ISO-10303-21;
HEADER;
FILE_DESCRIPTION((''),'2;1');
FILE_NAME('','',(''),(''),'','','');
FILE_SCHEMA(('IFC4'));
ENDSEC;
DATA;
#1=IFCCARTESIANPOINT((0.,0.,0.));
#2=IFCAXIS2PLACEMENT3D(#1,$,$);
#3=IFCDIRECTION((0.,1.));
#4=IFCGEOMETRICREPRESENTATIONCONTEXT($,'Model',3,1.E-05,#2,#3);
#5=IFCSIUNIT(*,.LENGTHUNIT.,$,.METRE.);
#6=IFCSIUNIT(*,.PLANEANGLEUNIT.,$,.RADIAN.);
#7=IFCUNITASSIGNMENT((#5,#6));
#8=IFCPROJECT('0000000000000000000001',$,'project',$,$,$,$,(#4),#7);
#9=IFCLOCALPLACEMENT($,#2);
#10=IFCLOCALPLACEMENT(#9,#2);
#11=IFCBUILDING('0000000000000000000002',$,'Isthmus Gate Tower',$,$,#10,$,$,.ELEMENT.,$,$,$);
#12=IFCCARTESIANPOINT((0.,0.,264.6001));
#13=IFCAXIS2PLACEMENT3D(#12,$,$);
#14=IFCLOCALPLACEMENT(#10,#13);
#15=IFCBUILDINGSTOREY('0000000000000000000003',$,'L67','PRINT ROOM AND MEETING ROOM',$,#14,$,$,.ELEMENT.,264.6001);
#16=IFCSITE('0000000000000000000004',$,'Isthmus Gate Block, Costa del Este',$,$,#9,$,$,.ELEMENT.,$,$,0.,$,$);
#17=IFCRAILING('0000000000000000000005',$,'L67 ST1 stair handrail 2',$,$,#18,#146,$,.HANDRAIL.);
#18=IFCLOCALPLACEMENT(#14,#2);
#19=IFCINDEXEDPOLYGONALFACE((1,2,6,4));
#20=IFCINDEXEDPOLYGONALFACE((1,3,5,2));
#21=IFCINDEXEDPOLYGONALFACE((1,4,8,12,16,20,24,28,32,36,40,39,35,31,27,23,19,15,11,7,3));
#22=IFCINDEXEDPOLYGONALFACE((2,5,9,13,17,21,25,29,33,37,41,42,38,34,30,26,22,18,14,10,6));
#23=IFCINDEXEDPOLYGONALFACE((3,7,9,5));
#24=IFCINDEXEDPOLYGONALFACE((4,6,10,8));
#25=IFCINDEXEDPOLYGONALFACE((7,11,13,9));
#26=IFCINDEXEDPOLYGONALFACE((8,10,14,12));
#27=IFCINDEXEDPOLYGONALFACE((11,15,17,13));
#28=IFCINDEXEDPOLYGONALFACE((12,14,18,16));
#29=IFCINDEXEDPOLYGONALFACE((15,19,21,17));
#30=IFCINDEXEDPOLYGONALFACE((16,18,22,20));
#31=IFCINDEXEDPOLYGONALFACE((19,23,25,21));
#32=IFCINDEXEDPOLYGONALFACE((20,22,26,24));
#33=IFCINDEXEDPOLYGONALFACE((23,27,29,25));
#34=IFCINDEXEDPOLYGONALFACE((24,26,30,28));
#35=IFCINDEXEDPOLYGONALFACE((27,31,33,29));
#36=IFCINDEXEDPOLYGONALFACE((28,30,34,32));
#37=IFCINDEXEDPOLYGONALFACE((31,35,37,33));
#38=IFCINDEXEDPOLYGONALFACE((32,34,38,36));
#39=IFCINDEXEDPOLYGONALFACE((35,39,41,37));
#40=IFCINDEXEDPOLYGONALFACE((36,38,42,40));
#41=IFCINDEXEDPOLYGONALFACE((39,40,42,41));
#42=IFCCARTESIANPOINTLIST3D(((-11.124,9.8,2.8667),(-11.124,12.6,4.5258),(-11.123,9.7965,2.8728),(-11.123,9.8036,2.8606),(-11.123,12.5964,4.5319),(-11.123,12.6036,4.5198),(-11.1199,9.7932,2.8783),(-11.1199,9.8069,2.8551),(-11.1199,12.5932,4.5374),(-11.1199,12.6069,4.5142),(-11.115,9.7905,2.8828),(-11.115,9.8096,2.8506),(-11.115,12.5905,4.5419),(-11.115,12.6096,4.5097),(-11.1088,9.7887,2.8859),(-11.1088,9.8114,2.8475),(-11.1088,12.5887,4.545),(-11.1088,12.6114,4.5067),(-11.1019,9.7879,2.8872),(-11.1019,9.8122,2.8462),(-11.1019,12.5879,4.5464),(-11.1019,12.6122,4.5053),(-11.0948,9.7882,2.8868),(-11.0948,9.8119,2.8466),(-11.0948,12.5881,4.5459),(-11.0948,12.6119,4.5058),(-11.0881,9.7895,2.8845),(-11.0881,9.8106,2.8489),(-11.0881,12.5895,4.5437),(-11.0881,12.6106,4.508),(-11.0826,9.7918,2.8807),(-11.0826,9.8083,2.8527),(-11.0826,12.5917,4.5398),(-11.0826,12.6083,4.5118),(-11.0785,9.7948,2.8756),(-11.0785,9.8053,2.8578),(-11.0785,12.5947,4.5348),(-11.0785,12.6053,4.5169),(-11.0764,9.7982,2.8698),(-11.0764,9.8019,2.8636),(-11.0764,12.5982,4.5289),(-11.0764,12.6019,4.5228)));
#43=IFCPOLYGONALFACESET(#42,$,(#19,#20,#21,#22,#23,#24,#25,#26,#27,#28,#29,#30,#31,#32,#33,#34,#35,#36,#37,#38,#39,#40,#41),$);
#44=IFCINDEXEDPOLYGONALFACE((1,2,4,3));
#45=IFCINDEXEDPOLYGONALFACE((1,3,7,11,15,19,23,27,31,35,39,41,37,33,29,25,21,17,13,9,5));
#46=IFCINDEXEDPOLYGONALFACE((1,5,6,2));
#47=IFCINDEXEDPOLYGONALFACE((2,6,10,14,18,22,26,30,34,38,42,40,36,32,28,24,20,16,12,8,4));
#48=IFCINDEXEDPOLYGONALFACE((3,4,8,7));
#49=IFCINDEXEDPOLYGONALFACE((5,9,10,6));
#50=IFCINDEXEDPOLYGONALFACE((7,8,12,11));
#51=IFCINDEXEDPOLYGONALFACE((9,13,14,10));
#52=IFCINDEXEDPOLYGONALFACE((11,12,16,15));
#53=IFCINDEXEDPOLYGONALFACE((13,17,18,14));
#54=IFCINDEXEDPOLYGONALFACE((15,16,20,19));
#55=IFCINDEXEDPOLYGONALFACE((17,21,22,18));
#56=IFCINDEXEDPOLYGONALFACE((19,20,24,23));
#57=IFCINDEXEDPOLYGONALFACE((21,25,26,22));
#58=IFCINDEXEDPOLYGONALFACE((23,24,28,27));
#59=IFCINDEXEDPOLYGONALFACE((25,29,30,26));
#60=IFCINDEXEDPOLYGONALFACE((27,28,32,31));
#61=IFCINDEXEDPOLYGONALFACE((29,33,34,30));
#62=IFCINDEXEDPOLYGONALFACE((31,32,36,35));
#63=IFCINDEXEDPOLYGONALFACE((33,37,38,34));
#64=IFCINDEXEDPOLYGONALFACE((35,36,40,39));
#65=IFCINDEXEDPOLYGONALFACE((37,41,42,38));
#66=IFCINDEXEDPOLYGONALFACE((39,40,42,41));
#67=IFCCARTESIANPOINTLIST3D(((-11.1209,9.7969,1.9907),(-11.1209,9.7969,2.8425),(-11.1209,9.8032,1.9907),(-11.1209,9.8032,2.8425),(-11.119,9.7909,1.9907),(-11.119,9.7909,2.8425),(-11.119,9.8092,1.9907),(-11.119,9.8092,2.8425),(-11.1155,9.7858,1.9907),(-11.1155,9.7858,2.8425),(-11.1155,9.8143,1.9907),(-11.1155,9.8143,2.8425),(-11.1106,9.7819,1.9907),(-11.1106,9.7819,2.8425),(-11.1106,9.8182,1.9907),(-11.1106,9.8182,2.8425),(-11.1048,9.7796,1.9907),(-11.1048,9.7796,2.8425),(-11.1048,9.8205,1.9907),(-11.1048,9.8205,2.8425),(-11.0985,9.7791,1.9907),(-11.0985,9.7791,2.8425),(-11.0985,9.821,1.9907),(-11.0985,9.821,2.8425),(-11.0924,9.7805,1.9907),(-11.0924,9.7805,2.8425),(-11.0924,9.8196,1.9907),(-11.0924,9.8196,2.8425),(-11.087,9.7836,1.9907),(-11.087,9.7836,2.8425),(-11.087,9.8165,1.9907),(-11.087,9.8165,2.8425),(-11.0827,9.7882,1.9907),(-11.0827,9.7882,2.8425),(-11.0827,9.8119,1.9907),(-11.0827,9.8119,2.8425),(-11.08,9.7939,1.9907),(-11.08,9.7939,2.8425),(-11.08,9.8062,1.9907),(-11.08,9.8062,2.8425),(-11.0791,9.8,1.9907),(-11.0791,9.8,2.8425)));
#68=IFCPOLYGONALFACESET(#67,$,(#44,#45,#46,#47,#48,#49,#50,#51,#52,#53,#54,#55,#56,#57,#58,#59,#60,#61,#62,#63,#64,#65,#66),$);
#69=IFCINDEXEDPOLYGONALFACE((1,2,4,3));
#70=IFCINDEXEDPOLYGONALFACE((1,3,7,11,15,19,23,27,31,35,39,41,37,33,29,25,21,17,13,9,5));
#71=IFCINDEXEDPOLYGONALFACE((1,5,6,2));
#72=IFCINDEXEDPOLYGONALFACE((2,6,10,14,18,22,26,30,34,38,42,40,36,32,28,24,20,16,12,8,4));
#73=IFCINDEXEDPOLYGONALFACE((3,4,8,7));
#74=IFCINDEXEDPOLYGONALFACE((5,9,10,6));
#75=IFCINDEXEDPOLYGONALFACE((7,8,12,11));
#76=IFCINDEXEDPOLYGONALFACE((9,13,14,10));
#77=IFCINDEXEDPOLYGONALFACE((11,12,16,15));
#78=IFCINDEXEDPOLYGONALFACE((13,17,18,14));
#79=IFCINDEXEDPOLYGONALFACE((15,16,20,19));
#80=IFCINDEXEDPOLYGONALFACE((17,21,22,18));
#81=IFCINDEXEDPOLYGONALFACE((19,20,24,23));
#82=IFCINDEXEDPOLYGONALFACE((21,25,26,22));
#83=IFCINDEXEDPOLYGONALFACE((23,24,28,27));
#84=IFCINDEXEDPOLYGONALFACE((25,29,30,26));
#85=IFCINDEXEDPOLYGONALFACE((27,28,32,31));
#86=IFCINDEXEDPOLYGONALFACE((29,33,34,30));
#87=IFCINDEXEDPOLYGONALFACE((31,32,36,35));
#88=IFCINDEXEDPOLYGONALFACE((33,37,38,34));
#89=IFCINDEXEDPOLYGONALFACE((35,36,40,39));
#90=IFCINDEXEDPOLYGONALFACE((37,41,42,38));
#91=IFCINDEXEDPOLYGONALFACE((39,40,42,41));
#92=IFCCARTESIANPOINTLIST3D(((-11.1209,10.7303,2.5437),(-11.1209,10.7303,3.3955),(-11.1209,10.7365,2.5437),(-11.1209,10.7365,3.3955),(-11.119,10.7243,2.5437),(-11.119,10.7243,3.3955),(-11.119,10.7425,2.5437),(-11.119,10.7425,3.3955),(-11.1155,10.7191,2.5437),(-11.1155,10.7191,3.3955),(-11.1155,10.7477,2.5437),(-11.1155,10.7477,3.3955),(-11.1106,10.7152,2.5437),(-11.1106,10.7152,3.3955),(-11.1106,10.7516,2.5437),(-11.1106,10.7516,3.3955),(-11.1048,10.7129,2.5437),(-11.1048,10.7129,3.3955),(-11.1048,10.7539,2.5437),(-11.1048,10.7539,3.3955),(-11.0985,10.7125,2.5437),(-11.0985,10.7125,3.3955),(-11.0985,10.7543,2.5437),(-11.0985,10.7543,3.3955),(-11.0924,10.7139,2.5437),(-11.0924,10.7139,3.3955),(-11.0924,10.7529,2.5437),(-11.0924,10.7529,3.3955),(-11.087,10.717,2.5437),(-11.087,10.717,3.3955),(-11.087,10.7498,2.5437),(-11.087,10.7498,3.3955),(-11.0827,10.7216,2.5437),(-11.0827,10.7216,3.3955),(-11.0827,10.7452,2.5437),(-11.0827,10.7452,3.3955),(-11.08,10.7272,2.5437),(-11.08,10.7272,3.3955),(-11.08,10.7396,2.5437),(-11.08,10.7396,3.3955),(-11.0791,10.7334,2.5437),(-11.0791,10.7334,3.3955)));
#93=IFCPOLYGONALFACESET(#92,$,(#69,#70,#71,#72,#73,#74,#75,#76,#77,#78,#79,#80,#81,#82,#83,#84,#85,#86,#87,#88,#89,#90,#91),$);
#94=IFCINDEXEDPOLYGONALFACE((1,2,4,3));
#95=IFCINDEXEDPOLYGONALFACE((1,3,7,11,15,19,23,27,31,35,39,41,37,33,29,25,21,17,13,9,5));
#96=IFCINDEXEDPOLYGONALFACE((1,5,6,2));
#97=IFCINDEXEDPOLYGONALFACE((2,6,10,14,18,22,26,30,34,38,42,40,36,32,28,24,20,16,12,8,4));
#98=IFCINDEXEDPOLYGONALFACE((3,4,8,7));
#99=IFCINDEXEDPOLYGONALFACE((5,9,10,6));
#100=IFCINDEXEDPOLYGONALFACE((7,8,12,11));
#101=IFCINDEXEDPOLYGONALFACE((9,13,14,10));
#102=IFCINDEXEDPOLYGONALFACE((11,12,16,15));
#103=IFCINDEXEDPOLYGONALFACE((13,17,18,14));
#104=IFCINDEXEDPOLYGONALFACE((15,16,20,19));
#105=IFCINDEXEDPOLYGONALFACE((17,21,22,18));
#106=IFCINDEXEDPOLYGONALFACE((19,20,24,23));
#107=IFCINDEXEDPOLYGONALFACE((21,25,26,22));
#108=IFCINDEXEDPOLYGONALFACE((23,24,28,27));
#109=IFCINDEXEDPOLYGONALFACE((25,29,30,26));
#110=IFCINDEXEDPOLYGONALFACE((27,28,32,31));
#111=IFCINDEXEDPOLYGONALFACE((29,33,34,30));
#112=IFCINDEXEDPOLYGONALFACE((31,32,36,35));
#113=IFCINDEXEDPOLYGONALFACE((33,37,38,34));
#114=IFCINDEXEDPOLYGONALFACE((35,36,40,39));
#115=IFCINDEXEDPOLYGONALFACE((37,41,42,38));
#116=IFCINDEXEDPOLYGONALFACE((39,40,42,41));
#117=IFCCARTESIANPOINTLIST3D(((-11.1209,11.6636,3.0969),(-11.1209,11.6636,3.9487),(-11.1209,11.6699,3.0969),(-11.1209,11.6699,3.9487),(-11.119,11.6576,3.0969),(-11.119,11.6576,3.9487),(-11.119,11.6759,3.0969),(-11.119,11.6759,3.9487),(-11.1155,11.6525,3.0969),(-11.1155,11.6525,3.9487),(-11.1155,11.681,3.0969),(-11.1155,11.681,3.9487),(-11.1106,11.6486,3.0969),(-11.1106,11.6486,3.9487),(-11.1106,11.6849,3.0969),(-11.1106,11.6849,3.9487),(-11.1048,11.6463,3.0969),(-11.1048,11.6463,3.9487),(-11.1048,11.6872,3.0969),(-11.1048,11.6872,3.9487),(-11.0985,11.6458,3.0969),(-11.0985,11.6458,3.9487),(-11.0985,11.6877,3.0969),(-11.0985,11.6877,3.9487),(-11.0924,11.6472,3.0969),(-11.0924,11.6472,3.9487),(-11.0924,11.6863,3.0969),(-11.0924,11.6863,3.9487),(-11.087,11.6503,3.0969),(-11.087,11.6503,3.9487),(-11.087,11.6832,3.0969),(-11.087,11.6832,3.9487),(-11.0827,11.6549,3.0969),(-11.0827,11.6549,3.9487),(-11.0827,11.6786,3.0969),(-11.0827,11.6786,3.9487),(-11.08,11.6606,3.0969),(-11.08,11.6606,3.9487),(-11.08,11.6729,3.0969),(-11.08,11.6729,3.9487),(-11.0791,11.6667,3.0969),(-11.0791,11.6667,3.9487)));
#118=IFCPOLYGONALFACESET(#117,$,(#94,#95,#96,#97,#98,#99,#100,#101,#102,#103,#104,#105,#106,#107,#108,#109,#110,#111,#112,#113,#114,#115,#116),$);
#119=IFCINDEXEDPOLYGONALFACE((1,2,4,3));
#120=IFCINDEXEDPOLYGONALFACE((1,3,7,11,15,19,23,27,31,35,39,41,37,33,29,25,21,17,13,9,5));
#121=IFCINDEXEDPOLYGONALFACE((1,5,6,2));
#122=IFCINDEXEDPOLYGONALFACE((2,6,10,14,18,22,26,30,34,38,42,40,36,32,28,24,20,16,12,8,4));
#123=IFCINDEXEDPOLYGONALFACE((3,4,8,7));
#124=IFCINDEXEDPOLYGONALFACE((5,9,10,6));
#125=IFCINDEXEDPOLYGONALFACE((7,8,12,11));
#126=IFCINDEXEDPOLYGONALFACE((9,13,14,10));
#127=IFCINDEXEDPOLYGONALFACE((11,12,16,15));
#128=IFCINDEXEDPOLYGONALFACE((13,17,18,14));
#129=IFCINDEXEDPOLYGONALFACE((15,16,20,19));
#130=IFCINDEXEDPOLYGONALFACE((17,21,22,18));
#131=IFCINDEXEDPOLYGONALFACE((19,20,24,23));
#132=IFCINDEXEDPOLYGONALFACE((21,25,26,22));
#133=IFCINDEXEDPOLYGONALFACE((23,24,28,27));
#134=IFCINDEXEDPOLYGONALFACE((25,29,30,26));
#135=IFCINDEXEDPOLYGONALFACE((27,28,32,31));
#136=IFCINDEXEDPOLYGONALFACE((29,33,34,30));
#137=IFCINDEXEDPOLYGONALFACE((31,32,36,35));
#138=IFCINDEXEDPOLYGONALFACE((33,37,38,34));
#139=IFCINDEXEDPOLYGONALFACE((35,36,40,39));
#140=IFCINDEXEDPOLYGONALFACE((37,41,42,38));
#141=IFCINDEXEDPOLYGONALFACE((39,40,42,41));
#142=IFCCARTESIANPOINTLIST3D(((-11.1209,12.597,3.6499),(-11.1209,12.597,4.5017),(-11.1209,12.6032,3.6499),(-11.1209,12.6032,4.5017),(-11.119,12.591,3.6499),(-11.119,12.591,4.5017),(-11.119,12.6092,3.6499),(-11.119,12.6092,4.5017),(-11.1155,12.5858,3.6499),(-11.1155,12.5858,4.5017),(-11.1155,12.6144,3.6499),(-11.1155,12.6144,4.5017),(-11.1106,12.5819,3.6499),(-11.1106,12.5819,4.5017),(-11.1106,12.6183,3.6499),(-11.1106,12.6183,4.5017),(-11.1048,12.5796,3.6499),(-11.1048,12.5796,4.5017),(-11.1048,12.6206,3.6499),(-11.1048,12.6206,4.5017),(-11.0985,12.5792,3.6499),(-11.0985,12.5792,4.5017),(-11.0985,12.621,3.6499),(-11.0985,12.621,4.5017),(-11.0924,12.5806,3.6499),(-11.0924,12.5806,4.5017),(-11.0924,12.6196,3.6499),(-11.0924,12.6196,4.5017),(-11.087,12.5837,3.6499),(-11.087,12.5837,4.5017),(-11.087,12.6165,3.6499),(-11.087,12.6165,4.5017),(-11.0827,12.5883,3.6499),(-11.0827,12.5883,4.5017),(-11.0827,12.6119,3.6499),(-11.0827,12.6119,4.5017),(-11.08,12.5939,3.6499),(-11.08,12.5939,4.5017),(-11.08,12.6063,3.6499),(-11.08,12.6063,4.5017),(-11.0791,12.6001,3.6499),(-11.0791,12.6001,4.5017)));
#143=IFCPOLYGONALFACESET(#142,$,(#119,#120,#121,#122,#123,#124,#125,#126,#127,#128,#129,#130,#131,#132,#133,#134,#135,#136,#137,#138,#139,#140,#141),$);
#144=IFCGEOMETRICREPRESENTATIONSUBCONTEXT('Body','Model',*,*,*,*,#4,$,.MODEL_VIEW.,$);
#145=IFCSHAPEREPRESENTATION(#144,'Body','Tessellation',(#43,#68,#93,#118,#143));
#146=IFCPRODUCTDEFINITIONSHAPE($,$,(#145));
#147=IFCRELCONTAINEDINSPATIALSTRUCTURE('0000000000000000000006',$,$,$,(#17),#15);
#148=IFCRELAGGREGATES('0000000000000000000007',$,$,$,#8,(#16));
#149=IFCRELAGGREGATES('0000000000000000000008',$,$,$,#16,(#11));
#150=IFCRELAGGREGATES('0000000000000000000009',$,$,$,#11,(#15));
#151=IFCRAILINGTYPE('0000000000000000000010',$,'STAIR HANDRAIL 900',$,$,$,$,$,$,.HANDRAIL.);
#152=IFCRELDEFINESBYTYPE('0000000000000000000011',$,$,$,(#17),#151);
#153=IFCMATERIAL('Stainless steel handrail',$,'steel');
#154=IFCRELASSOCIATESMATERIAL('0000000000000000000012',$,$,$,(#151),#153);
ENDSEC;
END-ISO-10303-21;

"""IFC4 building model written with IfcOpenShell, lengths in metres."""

from ifc_helpers import new_model, si_unit, direction, frame, origin, origin_2d, place, context, subcontext, project, spatial, circle, extrude, material, type_object, element, save


model = new_model("IFC4")

# Units and contexts
model_context = context("Model", 3, precision=1e-05, world=origin(), true_north=direction((0.0, 1.0)))
body_context = subcontext(model_context, "Body", "Model", "MODEL_VIEW")
ifc_project = project(units=[si_unit("LENGTHUNIT", "METRE"), si_unit("PLANEANGLEUNIT", "RADIAN")], contexts=[model_context])

# Site, building, storey
site_placement = place(None, origin())
site = spatial("IfcSite", under=ifc_project, at=site_placement, Name="Isthmus Gate Block, Costa del Este", CompositionType="ELEMENT", RefElevation=0.0)
building_placement = place(site_placement, origin())
building = spatial("IfcBuilding", under=site, at=building_placement, Name="Isthmus Gate Tower", CompositionType="ELEMENT")
storey_placement = place(building_placement, frame((0.0, 0.0, 264.6001)))
storey = spatial("IfcBuildingStorey", under=building, at=storey_placement, Name="L67", Description="PRINT ROOM AND MEETING ROOM", CompositionType="ELEMENT", Elevation=264.6001)

# Railing
ifc_material_1 = material(Name="Stainless steel handrail", Category="steel")
railing_type = type_object("IfcRailingType", Name="STAIR HANDRAIL 900", PredefinedType="HANDRAIL", material=ifc_material_1)
railing_placement = place(storey_placement, frame((-11.1001, 9.8, 1.9907)))
element("IfcRailing", 1, at=railing_placement, inside=storey, type_object=railing_type, Name="L67 ST1 stair handrail 2", PredefinedType="HANDRAIL", context=body_context, shape_type="SweptSolid", body=[
    extrude(circle(Radius=0.0239, at=origin_2d()), frame((0.0, 0.0, 0.876), z_axis=(0.0, 0.860306, 0.509778), x_axis=(-1.0, 0.0, 0.0)), (0.0, 0.0, 1.0), 3.2546),
    extrude(circle(Radius=0.021, at=origin_2d()), origin(), (0.0, 0.0, 1.0), 0.8518),
    extrude(circle(Radius=0.021, at=origin_2d()), frame((0.0, 0.9333, 0.553)), (0.0, 0.0, 1.0), 0.8518),
    extrude(circle(Radius=0.021, at=origin_2d()), frame((0.0, 1.8667, 1.1062)), (0.0, 0.0, 1.0), 0.8518),
    extrude(circle(Radius=0.021, at=origin_2d()), frame((0.0, 2.8, 1.6592)), (0.0, 0.0, 1.0), 0.8518),
])

save(model, "model.ifc")
